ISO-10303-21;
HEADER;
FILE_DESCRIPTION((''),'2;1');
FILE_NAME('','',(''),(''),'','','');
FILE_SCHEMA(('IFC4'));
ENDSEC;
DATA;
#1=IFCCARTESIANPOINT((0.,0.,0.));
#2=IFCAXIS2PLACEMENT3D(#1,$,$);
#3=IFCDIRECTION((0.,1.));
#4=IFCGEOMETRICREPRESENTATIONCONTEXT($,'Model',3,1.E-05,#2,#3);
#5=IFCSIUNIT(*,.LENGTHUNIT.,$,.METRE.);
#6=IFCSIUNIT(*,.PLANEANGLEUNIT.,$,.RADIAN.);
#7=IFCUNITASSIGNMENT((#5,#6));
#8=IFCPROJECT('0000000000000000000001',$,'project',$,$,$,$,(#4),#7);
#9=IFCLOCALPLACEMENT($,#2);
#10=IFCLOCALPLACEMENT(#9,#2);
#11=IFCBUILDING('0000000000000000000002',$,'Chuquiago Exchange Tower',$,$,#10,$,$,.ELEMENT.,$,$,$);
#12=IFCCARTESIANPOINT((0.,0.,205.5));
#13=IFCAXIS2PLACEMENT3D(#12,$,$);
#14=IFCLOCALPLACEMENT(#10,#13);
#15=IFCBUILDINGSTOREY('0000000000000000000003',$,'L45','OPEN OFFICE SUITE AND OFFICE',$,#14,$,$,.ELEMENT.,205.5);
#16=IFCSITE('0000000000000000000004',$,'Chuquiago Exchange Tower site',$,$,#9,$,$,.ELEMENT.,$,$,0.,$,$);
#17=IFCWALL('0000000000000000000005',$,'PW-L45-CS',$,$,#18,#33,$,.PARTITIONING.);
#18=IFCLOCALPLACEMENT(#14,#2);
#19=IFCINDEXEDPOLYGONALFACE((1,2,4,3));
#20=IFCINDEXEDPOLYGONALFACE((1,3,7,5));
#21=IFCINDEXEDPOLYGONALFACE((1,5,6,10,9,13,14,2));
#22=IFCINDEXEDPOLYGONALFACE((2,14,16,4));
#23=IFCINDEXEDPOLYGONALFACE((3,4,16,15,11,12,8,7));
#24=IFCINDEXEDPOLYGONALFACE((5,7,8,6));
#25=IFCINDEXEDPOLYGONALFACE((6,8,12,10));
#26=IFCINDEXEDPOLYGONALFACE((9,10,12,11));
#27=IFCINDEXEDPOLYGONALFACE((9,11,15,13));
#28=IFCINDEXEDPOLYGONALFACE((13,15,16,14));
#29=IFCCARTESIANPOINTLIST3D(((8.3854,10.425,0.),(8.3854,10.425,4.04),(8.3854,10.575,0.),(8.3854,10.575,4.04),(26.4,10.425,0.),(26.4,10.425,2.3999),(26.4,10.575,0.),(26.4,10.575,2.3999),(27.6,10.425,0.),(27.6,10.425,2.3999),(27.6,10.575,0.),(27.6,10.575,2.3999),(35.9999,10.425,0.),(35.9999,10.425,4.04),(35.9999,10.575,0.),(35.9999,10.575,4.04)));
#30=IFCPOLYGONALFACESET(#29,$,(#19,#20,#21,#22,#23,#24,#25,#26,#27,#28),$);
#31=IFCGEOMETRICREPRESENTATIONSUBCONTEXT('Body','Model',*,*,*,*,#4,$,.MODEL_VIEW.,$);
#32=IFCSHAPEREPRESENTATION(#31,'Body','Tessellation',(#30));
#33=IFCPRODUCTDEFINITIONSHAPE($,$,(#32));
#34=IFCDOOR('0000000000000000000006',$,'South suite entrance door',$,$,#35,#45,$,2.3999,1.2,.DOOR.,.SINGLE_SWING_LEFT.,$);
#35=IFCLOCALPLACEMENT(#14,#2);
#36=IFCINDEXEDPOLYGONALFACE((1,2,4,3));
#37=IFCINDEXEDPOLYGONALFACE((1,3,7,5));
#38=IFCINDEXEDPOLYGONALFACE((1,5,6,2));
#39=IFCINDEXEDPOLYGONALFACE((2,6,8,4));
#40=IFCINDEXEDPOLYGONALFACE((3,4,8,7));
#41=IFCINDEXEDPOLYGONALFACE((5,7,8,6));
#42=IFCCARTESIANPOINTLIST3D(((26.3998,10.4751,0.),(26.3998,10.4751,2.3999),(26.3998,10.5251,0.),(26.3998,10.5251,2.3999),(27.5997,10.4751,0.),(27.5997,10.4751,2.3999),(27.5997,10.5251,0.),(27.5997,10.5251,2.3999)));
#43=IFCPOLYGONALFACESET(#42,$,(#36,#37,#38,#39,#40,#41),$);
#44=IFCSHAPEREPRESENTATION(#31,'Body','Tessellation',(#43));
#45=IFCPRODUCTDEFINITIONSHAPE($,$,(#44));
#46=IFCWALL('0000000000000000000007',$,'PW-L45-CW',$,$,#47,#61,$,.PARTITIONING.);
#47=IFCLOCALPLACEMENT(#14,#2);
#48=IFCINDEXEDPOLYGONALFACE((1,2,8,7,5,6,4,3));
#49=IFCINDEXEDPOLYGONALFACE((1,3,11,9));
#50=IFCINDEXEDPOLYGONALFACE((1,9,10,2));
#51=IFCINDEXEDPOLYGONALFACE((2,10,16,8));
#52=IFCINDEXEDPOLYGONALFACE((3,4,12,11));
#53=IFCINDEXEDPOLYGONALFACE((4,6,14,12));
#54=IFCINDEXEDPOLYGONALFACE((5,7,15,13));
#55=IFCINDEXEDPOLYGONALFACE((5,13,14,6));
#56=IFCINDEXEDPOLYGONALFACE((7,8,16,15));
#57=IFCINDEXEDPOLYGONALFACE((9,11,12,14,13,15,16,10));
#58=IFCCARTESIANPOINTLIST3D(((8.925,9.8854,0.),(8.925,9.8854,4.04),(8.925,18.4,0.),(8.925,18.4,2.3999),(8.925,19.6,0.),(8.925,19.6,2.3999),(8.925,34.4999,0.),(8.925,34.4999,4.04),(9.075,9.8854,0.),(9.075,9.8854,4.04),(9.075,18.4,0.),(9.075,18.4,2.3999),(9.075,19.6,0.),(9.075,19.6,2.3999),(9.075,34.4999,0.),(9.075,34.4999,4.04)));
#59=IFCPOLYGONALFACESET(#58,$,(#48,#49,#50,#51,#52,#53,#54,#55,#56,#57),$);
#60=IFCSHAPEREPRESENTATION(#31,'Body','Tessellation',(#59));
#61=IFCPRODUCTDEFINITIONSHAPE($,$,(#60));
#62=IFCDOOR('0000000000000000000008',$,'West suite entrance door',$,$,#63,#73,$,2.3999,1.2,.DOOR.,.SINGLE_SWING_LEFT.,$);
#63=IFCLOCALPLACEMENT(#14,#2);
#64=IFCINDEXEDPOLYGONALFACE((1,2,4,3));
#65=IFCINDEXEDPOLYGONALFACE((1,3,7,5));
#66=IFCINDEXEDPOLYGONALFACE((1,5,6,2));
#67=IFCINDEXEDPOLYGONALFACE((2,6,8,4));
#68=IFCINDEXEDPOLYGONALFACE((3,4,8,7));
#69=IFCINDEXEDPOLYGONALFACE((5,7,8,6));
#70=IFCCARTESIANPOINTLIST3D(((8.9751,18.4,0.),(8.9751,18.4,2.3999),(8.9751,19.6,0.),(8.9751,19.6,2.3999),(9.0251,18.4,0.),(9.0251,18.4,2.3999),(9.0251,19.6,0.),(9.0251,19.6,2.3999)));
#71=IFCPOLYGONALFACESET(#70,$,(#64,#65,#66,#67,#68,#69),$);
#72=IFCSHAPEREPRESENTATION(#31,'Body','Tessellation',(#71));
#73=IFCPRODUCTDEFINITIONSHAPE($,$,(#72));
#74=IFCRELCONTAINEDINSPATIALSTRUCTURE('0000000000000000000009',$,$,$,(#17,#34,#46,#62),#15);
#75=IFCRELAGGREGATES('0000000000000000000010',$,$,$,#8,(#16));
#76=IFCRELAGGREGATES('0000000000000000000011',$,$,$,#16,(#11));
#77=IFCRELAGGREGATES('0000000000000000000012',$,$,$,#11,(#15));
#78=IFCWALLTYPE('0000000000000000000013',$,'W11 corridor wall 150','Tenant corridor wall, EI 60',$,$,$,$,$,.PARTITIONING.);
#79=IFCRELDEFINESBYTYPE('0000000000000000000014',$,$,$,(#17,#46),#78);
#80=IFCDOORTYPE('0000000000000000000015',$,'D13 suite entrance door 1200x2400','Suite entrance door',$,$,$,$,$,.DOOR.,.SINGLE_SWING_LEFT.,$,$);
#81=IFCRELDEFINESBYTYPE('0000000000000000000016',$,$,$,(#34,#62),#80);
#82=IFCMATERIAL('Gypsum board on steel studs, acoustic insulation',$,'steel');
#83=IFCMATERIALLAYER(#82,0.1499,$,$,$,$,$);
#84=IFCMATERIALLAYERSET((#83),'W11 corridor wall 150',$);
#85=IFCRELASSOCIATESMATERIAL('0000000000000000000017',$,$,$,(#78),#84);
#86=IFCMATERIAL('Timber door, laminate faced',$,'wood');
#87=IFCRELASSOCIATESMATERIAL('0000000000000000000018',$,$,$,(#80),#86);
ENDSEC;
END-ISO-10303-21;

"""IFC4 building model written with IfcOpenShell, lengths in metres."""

from ifc_helpers import new_model, si_unit, direction, frame, frame_2d, origin, place, context, subcontext, project, spatial, rectangle, extrude, material, layer, layer_set, type_object, element, fill, save


model = new_model("IFC4")

# Units and contexts
model_context = context("Model", 3, precision=1e-05, world=origin(), true_north=direction((0.0, 1.0)))
body_context = subcontext(model_context, "Body", "Model", "MODEL_VIEW")
ifc_project = project(units=[si_unit("LENGTHUNIT", "METRE"), si_unit("PLANEANGLEUNIT", "RADIAN")], contexts=[model_context])

# Site, building, storey
site_placement = place(None, origin())
site = spatial("IfcSite", under=ifc_project, at=site_placement, Name="Chuquiago Exchange Tower site", CompositionType="ELEMENT", RefElevation=0.0)
building_placement = place(site_placement, origin())
building = spatial("IfcBuilding", under=site, at=building_placement, Name="Chuquiago Exchange Tower", CompositionType="ELEMENT")
storey_placement = place(building_placement, frame((0.0, 0.0, 205.5)))
storey = spatial("IfcBuildingStorey", under=building, at=storey_placement, Name="L45", Description="OPEN OFFICE SUITE AND OFFICE", CompositionType="ELEMENT", Elevation=205.5)

# Walls, openings, doors
ifc_material_1 = material(Name="Gypsum board on steel studs, acoustic insulation", Category="steel")
ifc_layer_1 = layer(ifc_material_1, 0.1499)
ifc_layer_set_1 = layer_set([ifc_layer_1], Name="W11 corridor wall 150")
wall_type_1 = type_object("IfcWallType", Name="W11 corridor wall 150", Description="Tenant corridor wall, EI 60", PredefinedType="PARTITIONING", material=ifc_layer_set_1)
wall_1_placement = place(storey_placement, frame((8.3855, 10.5, 0.0), z_axis=(0.0, 0.0, 1.0), x_axis=(1.0, 0.0, 0.0)))
wall_1 = element("IfcWall", 1, at=wall_1_placement, inside=storey, type_object=wall_type_1, Name="PW-L45-CS", PredefinedType="PARTITIONING", context=body_context, shape_type="SweptSolid", body=[
    extrude(rectangle(XDim=27.6145, YDim=0.1499, at=frame_2d((13.8071, 0.0))), origin(), (0.0, 0.0, 1.0), 4.04),
])
opening_1_placement = place(wall_1_placement, frame((18.0144, 0.0, 0.0)))
opening_1 = element("IfcOpeningElement", 2, at=opening_1_placement, cuts=wall_1, PredefinedType="OPENING", context=body_context, shape_type="SweptSolid", body=[
    extrude(rectangle(XDim=1.2, YDim=2.3999, at=frame_2d((0.6001, 1.2))), frame((0.0, 0.085, 0.0), z_axis=(0.0, -1.0, 0.0), x_axis=(1.0, 0.0, 0.0)), (0.0, 0.0, 1.0), 0.1699),
])
ifc_material_2 = material(Name="Timber door, laminate faced", Category="wood")
door_type = type_object("IfcDoorType", Name="D13 suite entrance door 1200x2400", Description="Suite entrance door", OperationType="SINGLE_SWING_LEFT", PredefinedType="DOOR", material=ifc_material_2)
door_1_placement = place(opening_1_placement, frame((1.2, 0.0, 0.0), z_axis=(0.0, 0.0, 1.0), x_axis=(-1.0, 0.0, 0.0)))
door_1 = element("IfcDoor", 3, at=door_1_placement, inside=storey, type_object=door_type, Name="South suite entrance door", OperationType="SINGLE_SWING_LEFT", OverallHeight=2.3999, OverallWidth=1.2, PredefinedType="DOOR", context=body_context, shape_type="SweptSolid", body=[
    extrude(rectangle(XDim=1.2, YDim=2.3999, at=frame_2d((0.6001, 1.2))), frame((0.0, 0.0249, 0.0), z_axis=(0.0, -1.0, 0.0), x_axis=(1.0, 0.0, 0.0)), (0.0, 0.0, 1.0), 0.05),
])
fill(opening_1, door_1)
wall_2_placement = place(storey_placement, frame((9.0, 9.8855, 0.0), z_axis=(0.0, 0.0, 1.0), x_axis=(0.0, 1.0, 0.0)))
wall_2 = element("IfcWall", 4, at=wall_2_placement, inside=storey, type_object=wall_type_1, Name="PW-L45-CW", PredefinedType="PARTITIONING", context=body_context, shape_type="SweptSolid", body=[
    extrude(rectangle(XDim=24.6145, YDim=0.1499, at=frame_2d((12.3071, 0.0))), origin(), (0.0, 0.0, 1.0), 4.04),
])
opening_2_placement = place(wall_2_placement, frame((8.5144, 0.0, 0.0)))
opening_2 = element("IfcOpeningElement", 5, at=opening_2_placement, cuts=wall_2, PredefinedType="OPENING", context=body_context, shape_type="SweptSolid", body=[
    extrude(rectangle(XDim=1.2, YDim=2.3999, at=frame_2d((0.6001, 1.2))), frame((0.0, 0.085, 0.0), z_axis=(0.0, -1.0, 0.0), x_axis=(1.0, 0.0, 0.0)), (0.0, 0.0, 1.0), 0.1699),
])
door_2_placement = place(opening_2_placement, origin())
door_2 = element("IfcDoor", 6, at=door_2_placement, inside=storey, type_object=door_type, Name="West suite entrance door", OperationType="SINGLE_SWING_LEFT", OverallHeight=2.3999, OverallWidth=1.2, PredefinedType="DOOR", context=body_context, shape_type="SweptSolid", body=[
    extrude(rectangle(XDim=1.2, YDim=2.3999, at=frame_2d((0.6001, 1.2))), frame((0.0, 0.0249, 0.0), z_axis=(0.0, -1.0, 0.0), x_axis=(1.0, 0.0, 0.0)), (0.0, 0.0, 1.0), 0.05),
])
fill(opening_2, door_2)

save(model, "model.ifc")
